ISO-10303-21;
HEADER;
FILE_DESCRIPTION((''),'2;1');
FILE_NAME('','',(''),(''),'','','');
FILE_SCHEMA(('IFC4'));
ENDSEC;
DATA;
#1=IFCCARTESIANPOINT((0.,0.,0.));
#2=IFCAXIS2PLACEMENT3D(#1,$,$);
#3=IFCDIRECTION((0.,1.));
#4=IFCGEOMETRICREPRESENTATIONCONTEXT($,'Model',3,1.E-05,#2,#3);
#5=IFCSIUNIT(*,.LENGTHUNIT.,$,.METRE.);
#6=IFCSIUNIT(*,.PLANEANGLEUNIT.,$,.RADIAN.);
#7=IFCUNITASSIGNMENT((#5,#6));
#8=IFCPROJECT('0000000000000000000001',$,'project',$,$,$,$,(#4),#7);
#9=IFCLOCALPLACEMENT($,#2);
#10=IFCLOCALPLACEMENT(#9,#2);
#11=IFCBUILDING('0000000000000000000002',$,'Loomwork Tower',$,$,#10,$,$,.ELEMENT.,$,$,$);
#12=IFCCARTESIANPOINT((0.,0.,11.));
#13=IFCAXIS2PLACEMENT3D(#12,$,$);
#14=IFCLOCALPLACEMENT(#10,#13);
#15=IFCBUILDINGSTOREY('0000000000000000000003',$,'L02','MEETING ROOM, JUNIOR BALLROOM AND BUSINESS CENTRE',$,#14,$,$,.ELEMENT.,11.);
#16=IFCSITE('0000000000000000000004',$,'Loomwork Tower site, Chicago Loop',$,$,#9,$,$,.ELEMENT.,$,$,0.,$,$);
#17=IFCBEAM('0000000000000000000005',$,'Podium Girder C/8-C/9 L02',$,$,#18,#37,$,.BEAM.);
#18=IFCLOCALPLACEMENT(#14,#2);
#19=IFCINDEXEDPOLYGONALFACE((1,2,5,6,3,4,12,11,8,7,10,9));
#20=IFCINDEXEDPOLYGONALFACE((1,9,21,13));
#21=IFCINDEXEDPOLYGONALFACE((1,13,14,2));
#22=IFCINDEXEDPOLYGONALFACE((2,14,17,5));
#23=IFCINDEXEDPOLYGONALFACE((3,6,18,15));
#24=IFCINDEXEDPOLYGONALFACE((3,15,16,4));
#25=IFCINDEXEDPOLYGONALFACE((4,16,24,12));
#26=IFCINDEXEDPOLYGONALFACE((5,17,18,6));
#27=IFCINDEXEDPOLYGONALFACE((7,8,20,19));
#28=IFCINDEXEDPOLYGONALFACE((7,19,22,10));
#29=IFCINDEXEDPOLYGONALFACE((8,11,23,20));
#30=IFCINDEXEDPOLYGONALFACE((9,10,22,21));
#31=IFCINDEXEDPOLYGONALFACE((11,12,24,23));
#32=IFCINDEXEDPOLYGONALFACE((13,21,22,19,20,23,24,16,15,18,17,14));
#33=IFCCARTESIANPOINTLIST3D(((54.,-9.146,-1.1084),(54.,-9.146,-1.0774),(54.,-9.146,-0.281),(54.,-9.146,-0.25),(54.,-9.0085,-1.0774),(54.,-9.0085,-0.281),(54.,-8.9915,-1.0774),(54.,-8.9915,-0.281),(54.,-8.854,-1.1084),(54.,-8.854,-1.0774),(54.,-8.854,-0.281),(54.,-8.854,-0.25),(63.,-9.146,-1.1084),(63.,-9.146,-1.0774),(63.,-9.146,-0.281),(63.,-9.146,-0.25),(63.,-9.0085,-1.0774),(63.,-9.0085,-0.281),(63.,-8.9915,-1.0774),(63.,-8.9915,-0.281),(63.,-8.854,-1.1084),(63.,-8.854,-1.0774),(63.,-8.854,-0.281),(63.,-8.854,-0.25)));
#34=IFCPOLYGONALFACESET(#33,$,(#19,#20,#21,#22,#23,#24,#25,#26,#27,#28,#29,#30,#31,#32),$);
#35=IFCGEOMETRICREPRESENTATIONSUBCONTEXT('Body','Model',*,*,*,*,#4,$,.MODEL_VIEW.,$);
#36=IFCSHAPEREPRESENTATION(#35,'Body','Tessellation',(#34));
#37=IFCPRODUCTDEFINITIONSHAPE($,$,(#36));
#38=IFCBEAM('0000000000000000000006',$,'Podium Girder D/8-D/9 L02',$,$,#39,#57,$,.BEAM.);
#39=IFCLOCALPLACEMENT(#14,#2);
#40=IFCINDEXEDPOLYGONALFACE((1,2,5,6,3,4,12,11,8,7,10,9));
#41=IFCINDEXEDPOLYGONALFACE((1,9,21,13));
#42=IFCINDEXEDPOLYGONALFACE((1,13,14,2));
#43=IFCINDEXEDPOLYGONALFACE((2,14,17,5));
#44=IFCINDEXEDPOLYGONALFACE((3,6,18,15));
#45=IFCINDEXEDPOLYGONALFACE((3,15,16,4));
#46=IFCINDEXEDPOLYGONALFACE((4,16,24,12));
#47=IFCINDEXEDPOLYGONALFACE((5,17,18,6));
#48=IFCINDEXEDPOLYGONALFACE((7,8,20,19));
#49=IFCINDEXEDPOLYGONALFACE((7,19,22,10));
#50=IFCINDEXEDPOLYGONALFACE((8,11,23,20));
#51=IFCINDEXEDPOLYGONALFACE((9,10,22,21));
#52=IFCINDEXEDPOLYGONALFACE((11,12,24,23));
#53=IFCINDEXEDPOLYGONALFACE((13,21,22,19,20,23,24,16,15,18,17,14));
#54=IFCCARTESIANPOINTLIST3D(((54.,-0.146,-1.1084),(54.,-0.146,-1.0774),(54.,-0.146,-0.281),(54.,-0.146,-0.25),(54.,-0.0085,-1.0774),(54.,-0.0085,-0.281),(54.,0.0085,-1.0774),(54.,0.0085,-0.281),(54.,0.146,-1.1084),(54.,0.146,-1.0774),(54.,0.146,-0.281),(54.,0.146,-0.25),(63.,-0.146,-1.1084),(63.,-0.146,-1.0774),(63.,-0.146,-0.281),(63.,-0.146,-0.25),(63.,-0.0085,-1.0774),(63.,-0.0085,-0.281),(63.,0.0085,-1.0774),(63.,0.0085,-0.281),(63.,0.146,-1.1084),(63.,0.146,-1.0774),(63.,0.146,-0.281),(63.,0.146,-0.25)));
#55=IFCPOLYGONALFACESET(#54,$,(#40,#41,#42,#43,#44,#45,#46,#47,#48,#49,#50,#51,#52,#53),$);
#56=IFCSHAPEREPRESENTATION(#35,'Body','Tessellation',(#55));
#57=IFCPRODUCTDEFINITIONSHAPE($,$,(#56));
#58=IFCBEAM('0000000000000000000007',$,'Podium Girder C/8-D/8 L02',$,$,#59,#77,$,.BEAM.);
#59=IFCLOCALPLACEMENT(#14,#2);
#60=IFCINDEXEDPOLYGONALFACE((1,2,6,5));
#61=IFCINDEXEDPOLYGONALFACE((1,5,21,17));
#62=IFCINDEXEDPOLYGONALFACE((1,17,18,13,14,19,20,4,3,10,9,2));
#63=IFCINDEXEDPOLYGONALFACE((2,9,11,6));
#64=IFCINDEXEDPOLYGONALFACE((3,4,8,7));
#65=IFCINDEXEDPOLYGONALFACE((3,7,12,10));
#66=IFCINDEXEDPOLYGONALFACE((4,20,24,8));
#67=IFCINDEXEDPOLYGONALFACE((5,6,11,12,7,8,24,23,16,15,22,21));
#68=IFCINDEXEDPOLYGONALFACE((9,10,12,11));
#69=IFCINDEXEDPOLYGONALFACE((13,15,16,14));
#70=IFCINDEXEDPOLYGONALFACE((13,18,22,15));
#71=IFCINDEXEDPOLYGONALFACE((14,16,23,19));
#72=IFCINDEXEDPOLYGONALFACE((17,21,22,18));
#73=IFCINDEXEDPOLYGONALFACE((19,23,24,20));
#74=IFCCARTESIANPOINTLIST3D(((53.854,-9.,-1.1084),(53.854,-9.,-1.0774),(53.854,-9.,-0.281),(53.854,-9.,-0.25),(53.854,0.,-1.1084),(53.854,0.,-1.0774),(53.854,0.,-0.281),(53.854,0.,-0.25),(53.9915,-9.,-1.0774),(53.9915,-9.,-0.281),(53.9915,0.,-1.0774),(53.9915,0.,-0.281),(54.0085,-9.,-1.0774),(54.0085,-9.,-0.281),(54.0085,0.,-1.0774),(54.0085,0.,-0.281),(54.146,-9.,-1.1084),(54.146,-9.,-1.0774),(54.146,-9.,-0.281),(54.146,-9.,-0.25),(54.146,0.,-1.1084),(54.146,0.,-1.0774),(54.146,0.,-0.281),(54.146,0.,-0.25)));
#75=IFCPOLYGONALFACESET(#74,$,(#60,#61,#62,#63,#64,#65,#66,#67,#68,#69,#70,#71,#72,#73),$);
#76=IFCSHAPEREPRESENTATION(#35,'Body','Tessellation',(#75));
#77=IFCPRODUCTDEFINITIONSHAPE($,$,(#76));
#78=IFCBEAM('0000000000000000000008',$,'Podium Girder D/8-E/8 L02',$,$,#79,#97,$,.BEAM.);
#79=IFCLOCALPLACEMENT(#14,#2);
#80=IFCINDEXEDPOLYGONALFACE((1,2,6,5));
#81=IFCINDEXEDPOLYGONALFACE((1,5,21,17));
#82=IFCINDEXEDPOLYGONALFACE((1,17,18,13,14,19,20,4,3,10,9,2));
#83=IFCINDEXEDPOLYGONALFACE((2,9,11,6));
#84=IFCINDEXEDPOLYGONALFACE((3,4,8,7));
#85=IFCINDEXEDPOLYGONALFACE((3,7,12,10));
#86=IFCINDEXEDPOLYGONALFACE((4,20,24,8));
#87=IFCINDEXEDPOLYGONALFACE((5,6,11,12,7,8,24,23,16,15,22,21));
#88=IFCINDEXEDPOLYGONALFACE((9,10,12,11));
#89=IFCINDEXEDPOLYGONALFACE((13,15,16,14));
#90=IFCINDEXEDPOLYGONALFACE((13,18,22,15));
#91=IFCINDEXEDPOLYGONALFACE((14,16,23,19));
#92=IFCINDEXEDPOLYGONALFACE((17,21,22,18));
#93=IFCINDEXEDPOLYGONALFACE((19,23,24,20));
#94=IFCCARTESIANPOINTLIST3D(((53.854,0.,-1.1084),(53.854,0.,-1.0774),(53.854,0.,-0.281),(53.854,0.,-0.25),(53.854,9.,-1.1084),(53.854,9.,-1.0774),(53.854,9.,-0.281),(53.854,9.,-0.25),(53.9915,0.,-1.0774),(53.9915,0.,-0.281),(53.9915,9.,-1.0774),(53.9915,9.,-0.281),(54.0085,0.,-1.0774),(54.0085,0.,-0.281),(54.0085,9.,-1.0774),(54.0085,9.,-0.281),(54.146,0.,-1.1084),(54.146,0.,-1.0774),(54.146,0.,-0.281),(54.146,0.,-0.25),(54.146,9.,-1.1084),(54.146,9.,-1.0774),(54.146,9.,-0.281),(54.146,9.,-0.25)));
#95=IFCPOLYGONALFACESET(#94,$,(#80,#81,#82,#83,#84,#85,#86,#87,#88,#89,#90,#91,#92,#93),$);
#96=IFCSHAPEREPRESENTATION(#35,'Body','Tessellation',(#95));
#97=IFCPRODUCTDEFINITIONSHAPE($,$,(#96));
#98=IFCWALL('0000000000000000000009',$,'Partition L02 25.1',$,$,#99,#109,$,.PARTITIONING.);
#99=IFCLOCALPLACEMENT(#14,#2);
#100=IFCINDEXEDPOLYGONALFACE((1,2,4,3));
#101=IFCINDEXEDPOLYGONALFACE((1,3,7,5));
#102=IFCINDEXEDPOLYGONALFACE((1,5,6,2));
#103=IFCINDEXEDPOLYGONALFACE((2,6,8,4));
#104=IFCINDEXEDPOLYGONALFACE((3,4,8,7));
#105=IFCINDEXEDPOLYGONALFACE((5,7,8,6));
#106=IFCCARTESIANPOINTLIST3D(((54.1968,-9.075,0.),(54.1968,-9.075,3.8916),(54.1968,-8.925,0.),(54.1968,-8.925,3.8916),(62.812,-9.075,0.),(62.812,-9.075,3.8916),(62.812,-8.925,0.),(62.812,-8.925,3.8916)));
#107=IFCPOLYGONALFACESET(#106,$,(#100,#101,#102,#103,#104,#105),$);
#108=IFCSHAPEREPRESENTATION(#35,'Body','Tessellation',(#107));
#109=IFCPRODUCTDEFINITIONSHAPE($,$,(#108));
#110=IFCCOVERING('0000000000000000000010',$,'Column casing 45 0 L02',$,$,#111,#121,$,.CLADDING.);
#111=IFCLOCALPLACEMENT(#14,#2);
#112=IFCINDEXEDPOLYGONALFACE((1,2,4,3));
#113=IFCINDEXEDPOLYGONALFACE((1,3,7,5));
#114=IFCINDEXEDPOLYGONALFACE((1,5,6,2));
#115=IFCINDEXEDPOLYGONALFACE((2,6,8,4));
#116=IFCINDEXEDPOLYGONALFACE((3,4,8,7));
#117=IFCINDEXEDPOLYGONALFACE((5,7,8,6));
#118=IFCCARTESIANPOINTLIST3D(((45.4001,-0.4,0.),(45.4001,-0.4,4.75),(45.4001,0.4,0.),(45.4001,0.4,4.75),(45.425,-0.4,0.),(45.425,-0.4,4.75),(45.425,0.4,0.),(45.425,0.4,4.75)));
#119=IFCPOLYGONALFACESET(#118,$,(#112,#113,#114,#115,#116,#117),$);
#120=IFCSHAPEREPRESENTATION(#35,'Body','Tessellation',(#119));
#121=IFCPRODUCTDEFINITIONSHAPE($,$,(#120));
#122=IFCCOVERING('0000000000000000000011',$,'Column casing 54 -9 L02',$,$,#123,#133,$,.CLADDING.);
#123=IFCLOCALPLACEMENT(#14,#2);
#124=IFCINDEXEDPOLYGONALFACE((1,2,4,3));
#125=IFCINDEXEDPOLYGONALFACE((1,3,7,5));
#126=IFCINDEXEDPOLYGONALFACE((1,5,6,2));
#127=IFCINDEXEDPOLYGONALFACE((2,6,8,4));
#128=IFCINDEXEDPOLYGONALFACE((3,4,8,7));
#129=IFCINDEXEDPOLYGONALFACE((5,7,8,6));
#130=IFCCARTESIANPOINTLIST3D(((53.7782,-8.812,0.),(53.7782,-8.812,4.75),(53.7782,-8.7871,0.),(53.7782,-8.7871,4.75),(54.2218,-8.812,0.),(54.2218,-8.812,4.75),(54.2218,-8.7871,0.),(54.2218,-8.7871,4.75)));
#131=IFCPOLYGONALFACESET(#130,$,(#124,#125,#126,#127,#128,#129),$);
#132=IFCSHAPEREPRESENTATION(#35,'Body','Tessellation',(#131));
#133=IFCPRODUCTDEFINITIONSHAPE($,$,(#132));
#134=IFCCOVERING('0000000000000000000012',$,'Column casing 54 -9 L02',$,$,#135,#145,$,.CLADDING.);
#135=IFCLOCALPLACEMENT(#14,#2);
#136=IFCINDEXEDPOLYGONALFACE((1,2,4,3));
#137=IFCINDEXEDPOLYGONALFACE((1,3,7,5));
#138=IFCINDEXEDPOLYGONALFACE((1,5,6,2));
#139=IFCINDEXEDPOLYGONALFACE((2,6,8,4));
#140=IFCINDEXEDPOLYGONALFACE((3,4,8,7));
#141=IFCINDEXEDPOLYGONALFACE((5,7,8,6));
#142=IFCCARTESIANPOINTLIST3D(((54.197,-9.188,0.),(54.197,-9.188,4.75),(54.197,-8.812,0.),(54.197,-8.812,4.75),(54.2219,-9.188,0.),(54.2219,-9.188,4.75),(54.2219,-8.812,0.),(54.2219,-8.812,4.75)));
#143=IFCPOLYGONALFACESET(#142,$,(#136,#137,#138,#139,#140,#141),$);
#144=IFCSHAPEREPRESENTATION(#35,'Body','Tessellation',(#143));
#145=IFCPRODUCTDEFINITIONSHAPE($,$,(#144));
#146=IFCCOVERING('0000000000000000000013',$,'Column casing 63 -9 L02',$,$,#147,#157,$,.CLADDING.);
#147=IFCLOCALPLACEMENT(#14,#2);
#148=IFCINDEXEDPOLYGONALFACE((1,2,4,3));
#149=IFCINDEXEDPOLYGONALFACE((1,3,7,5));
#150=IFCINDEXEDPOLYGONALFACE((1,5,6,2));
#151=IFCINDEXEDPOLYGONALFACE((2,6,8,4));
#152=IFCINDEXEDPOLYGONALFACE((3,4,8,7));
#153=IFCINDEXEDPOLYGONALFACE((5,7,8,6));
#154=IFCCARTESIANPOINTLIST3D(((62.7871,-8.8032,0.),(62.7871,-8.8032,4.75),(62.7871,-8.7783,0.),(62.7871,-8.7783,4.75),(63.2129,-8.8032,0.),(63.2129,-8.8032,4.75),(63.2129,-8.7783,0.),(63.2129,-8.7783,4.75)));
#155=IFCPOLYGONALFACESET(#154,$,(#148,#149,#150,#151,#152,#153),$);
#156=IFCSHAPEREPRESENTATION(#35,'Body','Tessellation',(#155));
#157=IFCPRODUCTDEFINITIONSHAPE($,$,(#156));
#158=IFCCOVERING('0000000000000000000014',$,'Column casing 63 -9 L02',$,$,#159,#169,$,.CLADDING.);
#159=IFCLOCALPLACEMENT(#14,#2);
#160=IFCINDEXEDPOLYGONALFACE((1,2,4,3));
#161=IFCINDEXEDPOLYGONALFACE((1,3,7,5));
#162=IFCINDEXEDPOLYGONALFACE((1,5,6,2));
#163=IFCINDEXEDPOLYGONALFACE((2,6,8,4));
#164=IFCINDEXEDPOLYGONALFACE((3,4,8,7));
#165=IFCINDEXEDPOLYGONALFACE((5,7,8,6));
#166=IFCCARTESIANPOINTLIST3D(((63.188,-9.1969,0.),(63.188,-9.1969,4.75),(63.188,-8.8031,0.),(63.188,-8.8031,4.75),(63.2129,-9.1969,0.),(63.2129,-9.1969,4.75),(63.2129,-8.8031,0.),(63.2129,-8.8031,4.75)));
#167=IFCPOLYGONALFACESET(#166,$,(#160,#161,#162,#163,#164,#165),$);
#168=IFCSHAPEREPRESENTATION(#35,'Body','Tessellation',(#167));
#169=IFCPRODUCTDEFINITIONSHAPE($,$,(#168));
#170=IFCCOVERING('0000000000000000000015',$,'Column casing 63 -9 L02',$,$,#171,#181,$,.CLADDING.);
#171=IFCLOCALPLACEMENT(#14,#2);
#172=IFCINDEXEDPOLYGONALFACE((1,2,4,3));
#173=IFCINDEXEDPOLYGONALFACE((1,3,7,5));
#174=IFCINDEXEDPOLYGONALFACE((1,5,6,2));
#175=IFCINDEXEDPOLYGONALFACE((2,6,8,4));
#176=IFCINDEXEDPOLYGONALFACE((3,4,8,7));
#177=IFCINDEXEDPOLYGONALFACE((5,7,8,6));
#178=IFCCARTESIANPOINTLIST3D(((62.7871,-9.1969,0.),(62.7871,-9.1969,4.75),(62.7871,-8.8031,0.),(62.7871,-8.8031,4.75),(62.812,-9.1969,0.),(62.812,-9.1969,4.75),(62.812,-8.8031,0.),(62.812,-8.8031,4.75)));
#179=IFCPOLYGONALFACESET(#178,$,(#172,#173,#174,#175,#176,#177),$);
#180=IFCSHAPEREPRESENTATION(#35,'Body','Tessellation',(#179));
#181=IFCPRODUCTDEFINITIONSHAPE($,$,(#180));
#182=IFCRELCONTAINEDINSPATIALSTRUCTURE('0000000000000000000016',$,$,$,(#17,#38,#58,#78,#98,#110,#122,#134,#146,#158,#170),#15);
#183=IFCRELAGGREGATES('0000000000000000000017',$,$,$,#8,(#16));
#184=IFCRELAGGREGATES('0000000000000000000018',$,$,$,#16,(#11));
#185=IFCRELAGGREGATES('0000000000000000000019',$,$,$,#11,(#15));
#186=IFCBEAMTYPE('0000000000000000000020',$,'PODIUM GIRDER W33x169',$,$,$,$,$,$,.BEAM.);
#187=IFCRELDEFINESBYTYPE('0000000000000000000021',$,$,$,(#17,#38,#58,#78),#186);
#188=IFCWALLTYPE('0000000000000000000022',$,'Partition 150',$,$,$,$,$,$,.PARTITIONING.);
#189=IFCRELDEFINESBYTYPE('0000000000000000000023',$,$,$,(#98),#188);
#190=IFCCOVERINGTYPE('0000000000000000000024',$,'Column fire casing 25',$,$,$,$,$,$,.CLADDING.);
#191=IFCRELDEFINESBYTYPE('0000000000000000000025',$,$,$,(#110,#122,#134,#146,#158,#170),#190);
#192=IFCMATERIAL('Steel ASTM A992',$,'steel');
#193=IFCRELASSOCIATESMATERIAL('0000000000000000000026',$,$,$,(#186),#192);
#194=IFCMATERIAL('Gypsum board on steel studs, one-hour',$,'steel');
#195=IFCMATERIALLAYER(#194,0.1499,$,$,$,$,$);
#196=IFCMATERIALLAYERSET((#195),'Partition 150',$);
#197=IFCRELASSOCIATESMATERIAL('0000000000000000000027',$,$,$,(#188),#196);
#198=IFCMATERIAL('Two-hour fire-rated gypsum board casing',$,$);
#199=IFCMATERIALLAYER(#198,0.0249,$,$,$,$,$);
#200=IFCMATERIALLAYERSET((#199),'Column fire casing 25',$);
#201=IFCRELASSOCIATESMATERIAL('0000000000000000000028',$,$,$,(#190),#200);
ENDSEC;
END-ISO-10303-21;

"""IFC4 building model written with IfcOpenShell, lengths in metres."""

from ifc_helpers import new_model, si_unit, direction, frame, frame_2d, origin, origin_2d, place, context, subcontext, project, spatial, rectangle, i_section, extrude, material, layer, layer_set, material_profile, profile_set, type_object, element, save


model = new_model("IFC4")

# Units and contexts
model_context = context("Model", 3, precision=1e-05, world=origin(), true_north=direction((0.0, 1.0)))
body_context = subcontext(model_context, "Body", "Model", "MODEL_VIEW")
ifc_project = project(units=[si_unit("LENGTHUNIT", "METRE"), si_unit("PLANEANGLEUNIT", "RADIAN")], contexts=[model_context])

# Site, building, storey
site_placement = place(None, origin())
site = spatial("IfcSite", under=ifc_project, at=site_placement, Name="Loomwork Tower site, Chicago Loop", CompositionType="ELEMENT", RefElevation=0.0)
building_placement = place(site_placement, origin())
building = spatial("IfcBuilding", under=site, at=building_placement, Name="Loomwork Tower", CompositionType="ELEMENT")
storey_placement = place(building_placement, frame((0.0, 0.0, 11.0)))
storey = spatial("IfcBuildingStorey", under=building, at=storey_placement, Name="L02", Description="MEETING ROOM, JUNIOR BALLROOM AND BUSINESS CENTRE", CompositionType="ELEMENT", Elevation=11.0)

# Beams
ifc_material_1 = material(Name="Steel ASTM A992", Category="steel")
ifc_material_profile_1 = material_profile(ifc_material_1, i_section(OverallWidth=0.292, OverallDepth=0.8584, WebThickness=0.0171, FlangeThickness=0.031, at=origin_2d()), Name="W33x169")
ifc_profile_set_1 = profile_set([ifc_material_profile_1], Name="Steel ASTM A992")
beam_type_1 = type_object("IfcBeamType", Name="PODIUM GIRDER W33x169", PredefinedType="BEAM", material=ifc_profile_set_1)
for number, where, z_axis, x_axis, name in (
    (1, (54.0, -9.0, -0.6792), (1.0, 0.0, 0.0), (0.0, 1.0, 0.0), "Podium Girder C/8-C/9 L02"),
    (2, (54.0, 0.0, -0.6792), (1.0, 0.0, 0.0), (0.0, 1.0, 0.0), "Podium Girder D/8-D/9 L02"),
    (3, (54.0, -9.0, -0.6792), (0.0, 1.0, 0.0), (-1.0, 0.0, 0.0), "Podium Girder C/8-D/8 L02"),
    (4, (54.0, 0.0, -0.6792), (0.0, 1.0, 0.0), (-1.0, 0.0, 0.0), "Podium Girder D/8-E/8 L02"),
):
    element("IfcBeam", number, at=place(storey_placement, frame(where, z_axis=z_axis, x_axis=x_axis)), inside=storey, type_object=beam_type_1, Name=name, PredefinedType="BEAM", context=body_context, shape_type="SweptSolid", body=[
        extrude(i_section(OverallWidth=0.292, OverallDepth=0.8584, WebThickness=0.0171, FlangeThickness=0.031, at=origin_2d()), origin(), (0.0, 0.0, 1.0), 9.0),
    ])

# Wall
ifc_material_2 = material(Name="Gypsum board on steel studs, one-hour", Category="steel")
ifc_layer_1 = layer(ifc_material_2, 0.1499)
ifc_layer_set_1 = layer_set([ifc_layer_1], Name="Partition 150")
wall_type = type_object("IfcWallType", Name="Partition 150", PredefinedType="PARTITIONING", material=ifc_layer_set_1)
wall_placement = place(storey_placement, frame((54.1968, -9.0, 0.0), z_axis=(0.0, 0.0, 1.0), x_axis=(1.0, 0.0, 0.0)))
element("IfcWall", 5, at=wall_placement, inside=storey, type_object=wall_type, Name="Partition L02 25.1", PredefinedType="PARTITIONING", context=body_context, shape_type="SweptSolid", body=[
    extrude(rectangle(XDim=8.6152, YDim=0.1499, at=frame_2d((4.3076, 0.0))), origin(), (0.0, 0.0, 1.0), 3.8916),
])

# Coverings
ifc_material_3 = material(Name="Two-hour fire-rated gypsum board casing")
ifc_layer_2 = layer(ifc_material_3, 0.0249)
ifc_layer_set_2 = layer_set([ifc_layer_2], Name="Column fire casing 25")
covering_type = type_object("IfcCoveringType", Name="Column fire casing 25", PredefinedType="CLADDING", material=ifc_layer_set_2)
covering_1_placement = place(storey_placement, frame((45.4126, 0.0, 0.0), z_axis=(0.0, 0.0, 1.0), x_axis=(1.0, 0.0, 0.0)))
element("IfcCovering", 6, at=covering_1_placement, inside=storey, type_object=covering_type, Name="Column casing 45 0 L02", PredefinedType="CLADDING", context=body_context, shape_type="SweptSolid", body=[
    extrude(rectangle(XDim=0.0249, YDim=0.8, at=origin_2d()), origin(), (0.0, 0.0, 1.0), 4.75),
])
covering_2_placement = place(storey_placement, frame((54.0, -8.7996, 0.0), z_axis=(0.0, 0.0, 1.0), x_axis=(1.0, 0.0, 0.0)))
element("IfcCovering", 7, at=covering_2_placement, inside=storey, type_object=covering_type, Name="Column casing 54 -9 L02", PredefinedType="CLADDING", context=body_context, shape_type="SweptSolid", body=[
    extrude(rectangle(XDim=0.4436, YDim=0.0249, at=origin_2d()), origin(), (0.0, 0.0, 1.0), 4.75),
])
covering_3_placement = place(storey_placement, frame((54.2095, -9.0, 0.0), z_axis=(0.0, 0.0, 1.0), x_axis=(1.0, 0.0, 0.0)))
element("IfcCovering", 8, at=covering_3_placement, inside=storey, type_object=covering_type, Name="Column casing 54 -9 L02", PredefinedType="CLADDING", context=body_context, shape_type="SweptSolid", body=[
    extrude(rectangle(XDim=0.0249, YDim=0.376, at=origin_2d()), origin(), (0.0, 0.0, 1.0), 4.75),
])
covering_4_placement = place(storey_placement, frame((63.0, -8.7908, 0.0), z_axis=(0.0, 0.0, 1.0), x_axis=(1.0, 0.0, 0.0)))
element("IfcCovering", 9, at=covering_4_placement, inside=storey, type_object=covering_type, Name="Column casing 63 -9 L02", PredefinedType="CLADDING", context=body_context, shape_type="SweptSolid", body=[
    extrude(rectangle(XDim=0.4258, YDim=0.0249, at=origin_2d()), origin(), (0.0, 0.0, 1.0), 4.75),
])
for number, where, z_axis, x_axis, name in (
    (10, (63.2004, -9.0, 0.0), (0.0, 0.0, 1.0), (1.0, 0.0, 0.0), "Column casing 63 -9 L02"),
    (11, (62.7996, -9.0, 0.0), (0.0, 0.0, 1.0), (1.0, 0.0, 0.0), "Column casing 63 -9 L02"),
):
    element("IfcCovering", number, at=place(storey_placement, frame(where, z_axis=z_axis, x_axis=x_axis)), inside=storey, type_object=covering_type, Name=name, PredefinedType="CLADDING", context=body_context, shape_type="SweptSolid", body=[
        extrude(rectangle(XDim=0.0249, YDim=0.3938, at=origin_2d()), origin(), (0.0, 0.0, 1.0), 4.75),
    ])

save(model, "model.ifc")
